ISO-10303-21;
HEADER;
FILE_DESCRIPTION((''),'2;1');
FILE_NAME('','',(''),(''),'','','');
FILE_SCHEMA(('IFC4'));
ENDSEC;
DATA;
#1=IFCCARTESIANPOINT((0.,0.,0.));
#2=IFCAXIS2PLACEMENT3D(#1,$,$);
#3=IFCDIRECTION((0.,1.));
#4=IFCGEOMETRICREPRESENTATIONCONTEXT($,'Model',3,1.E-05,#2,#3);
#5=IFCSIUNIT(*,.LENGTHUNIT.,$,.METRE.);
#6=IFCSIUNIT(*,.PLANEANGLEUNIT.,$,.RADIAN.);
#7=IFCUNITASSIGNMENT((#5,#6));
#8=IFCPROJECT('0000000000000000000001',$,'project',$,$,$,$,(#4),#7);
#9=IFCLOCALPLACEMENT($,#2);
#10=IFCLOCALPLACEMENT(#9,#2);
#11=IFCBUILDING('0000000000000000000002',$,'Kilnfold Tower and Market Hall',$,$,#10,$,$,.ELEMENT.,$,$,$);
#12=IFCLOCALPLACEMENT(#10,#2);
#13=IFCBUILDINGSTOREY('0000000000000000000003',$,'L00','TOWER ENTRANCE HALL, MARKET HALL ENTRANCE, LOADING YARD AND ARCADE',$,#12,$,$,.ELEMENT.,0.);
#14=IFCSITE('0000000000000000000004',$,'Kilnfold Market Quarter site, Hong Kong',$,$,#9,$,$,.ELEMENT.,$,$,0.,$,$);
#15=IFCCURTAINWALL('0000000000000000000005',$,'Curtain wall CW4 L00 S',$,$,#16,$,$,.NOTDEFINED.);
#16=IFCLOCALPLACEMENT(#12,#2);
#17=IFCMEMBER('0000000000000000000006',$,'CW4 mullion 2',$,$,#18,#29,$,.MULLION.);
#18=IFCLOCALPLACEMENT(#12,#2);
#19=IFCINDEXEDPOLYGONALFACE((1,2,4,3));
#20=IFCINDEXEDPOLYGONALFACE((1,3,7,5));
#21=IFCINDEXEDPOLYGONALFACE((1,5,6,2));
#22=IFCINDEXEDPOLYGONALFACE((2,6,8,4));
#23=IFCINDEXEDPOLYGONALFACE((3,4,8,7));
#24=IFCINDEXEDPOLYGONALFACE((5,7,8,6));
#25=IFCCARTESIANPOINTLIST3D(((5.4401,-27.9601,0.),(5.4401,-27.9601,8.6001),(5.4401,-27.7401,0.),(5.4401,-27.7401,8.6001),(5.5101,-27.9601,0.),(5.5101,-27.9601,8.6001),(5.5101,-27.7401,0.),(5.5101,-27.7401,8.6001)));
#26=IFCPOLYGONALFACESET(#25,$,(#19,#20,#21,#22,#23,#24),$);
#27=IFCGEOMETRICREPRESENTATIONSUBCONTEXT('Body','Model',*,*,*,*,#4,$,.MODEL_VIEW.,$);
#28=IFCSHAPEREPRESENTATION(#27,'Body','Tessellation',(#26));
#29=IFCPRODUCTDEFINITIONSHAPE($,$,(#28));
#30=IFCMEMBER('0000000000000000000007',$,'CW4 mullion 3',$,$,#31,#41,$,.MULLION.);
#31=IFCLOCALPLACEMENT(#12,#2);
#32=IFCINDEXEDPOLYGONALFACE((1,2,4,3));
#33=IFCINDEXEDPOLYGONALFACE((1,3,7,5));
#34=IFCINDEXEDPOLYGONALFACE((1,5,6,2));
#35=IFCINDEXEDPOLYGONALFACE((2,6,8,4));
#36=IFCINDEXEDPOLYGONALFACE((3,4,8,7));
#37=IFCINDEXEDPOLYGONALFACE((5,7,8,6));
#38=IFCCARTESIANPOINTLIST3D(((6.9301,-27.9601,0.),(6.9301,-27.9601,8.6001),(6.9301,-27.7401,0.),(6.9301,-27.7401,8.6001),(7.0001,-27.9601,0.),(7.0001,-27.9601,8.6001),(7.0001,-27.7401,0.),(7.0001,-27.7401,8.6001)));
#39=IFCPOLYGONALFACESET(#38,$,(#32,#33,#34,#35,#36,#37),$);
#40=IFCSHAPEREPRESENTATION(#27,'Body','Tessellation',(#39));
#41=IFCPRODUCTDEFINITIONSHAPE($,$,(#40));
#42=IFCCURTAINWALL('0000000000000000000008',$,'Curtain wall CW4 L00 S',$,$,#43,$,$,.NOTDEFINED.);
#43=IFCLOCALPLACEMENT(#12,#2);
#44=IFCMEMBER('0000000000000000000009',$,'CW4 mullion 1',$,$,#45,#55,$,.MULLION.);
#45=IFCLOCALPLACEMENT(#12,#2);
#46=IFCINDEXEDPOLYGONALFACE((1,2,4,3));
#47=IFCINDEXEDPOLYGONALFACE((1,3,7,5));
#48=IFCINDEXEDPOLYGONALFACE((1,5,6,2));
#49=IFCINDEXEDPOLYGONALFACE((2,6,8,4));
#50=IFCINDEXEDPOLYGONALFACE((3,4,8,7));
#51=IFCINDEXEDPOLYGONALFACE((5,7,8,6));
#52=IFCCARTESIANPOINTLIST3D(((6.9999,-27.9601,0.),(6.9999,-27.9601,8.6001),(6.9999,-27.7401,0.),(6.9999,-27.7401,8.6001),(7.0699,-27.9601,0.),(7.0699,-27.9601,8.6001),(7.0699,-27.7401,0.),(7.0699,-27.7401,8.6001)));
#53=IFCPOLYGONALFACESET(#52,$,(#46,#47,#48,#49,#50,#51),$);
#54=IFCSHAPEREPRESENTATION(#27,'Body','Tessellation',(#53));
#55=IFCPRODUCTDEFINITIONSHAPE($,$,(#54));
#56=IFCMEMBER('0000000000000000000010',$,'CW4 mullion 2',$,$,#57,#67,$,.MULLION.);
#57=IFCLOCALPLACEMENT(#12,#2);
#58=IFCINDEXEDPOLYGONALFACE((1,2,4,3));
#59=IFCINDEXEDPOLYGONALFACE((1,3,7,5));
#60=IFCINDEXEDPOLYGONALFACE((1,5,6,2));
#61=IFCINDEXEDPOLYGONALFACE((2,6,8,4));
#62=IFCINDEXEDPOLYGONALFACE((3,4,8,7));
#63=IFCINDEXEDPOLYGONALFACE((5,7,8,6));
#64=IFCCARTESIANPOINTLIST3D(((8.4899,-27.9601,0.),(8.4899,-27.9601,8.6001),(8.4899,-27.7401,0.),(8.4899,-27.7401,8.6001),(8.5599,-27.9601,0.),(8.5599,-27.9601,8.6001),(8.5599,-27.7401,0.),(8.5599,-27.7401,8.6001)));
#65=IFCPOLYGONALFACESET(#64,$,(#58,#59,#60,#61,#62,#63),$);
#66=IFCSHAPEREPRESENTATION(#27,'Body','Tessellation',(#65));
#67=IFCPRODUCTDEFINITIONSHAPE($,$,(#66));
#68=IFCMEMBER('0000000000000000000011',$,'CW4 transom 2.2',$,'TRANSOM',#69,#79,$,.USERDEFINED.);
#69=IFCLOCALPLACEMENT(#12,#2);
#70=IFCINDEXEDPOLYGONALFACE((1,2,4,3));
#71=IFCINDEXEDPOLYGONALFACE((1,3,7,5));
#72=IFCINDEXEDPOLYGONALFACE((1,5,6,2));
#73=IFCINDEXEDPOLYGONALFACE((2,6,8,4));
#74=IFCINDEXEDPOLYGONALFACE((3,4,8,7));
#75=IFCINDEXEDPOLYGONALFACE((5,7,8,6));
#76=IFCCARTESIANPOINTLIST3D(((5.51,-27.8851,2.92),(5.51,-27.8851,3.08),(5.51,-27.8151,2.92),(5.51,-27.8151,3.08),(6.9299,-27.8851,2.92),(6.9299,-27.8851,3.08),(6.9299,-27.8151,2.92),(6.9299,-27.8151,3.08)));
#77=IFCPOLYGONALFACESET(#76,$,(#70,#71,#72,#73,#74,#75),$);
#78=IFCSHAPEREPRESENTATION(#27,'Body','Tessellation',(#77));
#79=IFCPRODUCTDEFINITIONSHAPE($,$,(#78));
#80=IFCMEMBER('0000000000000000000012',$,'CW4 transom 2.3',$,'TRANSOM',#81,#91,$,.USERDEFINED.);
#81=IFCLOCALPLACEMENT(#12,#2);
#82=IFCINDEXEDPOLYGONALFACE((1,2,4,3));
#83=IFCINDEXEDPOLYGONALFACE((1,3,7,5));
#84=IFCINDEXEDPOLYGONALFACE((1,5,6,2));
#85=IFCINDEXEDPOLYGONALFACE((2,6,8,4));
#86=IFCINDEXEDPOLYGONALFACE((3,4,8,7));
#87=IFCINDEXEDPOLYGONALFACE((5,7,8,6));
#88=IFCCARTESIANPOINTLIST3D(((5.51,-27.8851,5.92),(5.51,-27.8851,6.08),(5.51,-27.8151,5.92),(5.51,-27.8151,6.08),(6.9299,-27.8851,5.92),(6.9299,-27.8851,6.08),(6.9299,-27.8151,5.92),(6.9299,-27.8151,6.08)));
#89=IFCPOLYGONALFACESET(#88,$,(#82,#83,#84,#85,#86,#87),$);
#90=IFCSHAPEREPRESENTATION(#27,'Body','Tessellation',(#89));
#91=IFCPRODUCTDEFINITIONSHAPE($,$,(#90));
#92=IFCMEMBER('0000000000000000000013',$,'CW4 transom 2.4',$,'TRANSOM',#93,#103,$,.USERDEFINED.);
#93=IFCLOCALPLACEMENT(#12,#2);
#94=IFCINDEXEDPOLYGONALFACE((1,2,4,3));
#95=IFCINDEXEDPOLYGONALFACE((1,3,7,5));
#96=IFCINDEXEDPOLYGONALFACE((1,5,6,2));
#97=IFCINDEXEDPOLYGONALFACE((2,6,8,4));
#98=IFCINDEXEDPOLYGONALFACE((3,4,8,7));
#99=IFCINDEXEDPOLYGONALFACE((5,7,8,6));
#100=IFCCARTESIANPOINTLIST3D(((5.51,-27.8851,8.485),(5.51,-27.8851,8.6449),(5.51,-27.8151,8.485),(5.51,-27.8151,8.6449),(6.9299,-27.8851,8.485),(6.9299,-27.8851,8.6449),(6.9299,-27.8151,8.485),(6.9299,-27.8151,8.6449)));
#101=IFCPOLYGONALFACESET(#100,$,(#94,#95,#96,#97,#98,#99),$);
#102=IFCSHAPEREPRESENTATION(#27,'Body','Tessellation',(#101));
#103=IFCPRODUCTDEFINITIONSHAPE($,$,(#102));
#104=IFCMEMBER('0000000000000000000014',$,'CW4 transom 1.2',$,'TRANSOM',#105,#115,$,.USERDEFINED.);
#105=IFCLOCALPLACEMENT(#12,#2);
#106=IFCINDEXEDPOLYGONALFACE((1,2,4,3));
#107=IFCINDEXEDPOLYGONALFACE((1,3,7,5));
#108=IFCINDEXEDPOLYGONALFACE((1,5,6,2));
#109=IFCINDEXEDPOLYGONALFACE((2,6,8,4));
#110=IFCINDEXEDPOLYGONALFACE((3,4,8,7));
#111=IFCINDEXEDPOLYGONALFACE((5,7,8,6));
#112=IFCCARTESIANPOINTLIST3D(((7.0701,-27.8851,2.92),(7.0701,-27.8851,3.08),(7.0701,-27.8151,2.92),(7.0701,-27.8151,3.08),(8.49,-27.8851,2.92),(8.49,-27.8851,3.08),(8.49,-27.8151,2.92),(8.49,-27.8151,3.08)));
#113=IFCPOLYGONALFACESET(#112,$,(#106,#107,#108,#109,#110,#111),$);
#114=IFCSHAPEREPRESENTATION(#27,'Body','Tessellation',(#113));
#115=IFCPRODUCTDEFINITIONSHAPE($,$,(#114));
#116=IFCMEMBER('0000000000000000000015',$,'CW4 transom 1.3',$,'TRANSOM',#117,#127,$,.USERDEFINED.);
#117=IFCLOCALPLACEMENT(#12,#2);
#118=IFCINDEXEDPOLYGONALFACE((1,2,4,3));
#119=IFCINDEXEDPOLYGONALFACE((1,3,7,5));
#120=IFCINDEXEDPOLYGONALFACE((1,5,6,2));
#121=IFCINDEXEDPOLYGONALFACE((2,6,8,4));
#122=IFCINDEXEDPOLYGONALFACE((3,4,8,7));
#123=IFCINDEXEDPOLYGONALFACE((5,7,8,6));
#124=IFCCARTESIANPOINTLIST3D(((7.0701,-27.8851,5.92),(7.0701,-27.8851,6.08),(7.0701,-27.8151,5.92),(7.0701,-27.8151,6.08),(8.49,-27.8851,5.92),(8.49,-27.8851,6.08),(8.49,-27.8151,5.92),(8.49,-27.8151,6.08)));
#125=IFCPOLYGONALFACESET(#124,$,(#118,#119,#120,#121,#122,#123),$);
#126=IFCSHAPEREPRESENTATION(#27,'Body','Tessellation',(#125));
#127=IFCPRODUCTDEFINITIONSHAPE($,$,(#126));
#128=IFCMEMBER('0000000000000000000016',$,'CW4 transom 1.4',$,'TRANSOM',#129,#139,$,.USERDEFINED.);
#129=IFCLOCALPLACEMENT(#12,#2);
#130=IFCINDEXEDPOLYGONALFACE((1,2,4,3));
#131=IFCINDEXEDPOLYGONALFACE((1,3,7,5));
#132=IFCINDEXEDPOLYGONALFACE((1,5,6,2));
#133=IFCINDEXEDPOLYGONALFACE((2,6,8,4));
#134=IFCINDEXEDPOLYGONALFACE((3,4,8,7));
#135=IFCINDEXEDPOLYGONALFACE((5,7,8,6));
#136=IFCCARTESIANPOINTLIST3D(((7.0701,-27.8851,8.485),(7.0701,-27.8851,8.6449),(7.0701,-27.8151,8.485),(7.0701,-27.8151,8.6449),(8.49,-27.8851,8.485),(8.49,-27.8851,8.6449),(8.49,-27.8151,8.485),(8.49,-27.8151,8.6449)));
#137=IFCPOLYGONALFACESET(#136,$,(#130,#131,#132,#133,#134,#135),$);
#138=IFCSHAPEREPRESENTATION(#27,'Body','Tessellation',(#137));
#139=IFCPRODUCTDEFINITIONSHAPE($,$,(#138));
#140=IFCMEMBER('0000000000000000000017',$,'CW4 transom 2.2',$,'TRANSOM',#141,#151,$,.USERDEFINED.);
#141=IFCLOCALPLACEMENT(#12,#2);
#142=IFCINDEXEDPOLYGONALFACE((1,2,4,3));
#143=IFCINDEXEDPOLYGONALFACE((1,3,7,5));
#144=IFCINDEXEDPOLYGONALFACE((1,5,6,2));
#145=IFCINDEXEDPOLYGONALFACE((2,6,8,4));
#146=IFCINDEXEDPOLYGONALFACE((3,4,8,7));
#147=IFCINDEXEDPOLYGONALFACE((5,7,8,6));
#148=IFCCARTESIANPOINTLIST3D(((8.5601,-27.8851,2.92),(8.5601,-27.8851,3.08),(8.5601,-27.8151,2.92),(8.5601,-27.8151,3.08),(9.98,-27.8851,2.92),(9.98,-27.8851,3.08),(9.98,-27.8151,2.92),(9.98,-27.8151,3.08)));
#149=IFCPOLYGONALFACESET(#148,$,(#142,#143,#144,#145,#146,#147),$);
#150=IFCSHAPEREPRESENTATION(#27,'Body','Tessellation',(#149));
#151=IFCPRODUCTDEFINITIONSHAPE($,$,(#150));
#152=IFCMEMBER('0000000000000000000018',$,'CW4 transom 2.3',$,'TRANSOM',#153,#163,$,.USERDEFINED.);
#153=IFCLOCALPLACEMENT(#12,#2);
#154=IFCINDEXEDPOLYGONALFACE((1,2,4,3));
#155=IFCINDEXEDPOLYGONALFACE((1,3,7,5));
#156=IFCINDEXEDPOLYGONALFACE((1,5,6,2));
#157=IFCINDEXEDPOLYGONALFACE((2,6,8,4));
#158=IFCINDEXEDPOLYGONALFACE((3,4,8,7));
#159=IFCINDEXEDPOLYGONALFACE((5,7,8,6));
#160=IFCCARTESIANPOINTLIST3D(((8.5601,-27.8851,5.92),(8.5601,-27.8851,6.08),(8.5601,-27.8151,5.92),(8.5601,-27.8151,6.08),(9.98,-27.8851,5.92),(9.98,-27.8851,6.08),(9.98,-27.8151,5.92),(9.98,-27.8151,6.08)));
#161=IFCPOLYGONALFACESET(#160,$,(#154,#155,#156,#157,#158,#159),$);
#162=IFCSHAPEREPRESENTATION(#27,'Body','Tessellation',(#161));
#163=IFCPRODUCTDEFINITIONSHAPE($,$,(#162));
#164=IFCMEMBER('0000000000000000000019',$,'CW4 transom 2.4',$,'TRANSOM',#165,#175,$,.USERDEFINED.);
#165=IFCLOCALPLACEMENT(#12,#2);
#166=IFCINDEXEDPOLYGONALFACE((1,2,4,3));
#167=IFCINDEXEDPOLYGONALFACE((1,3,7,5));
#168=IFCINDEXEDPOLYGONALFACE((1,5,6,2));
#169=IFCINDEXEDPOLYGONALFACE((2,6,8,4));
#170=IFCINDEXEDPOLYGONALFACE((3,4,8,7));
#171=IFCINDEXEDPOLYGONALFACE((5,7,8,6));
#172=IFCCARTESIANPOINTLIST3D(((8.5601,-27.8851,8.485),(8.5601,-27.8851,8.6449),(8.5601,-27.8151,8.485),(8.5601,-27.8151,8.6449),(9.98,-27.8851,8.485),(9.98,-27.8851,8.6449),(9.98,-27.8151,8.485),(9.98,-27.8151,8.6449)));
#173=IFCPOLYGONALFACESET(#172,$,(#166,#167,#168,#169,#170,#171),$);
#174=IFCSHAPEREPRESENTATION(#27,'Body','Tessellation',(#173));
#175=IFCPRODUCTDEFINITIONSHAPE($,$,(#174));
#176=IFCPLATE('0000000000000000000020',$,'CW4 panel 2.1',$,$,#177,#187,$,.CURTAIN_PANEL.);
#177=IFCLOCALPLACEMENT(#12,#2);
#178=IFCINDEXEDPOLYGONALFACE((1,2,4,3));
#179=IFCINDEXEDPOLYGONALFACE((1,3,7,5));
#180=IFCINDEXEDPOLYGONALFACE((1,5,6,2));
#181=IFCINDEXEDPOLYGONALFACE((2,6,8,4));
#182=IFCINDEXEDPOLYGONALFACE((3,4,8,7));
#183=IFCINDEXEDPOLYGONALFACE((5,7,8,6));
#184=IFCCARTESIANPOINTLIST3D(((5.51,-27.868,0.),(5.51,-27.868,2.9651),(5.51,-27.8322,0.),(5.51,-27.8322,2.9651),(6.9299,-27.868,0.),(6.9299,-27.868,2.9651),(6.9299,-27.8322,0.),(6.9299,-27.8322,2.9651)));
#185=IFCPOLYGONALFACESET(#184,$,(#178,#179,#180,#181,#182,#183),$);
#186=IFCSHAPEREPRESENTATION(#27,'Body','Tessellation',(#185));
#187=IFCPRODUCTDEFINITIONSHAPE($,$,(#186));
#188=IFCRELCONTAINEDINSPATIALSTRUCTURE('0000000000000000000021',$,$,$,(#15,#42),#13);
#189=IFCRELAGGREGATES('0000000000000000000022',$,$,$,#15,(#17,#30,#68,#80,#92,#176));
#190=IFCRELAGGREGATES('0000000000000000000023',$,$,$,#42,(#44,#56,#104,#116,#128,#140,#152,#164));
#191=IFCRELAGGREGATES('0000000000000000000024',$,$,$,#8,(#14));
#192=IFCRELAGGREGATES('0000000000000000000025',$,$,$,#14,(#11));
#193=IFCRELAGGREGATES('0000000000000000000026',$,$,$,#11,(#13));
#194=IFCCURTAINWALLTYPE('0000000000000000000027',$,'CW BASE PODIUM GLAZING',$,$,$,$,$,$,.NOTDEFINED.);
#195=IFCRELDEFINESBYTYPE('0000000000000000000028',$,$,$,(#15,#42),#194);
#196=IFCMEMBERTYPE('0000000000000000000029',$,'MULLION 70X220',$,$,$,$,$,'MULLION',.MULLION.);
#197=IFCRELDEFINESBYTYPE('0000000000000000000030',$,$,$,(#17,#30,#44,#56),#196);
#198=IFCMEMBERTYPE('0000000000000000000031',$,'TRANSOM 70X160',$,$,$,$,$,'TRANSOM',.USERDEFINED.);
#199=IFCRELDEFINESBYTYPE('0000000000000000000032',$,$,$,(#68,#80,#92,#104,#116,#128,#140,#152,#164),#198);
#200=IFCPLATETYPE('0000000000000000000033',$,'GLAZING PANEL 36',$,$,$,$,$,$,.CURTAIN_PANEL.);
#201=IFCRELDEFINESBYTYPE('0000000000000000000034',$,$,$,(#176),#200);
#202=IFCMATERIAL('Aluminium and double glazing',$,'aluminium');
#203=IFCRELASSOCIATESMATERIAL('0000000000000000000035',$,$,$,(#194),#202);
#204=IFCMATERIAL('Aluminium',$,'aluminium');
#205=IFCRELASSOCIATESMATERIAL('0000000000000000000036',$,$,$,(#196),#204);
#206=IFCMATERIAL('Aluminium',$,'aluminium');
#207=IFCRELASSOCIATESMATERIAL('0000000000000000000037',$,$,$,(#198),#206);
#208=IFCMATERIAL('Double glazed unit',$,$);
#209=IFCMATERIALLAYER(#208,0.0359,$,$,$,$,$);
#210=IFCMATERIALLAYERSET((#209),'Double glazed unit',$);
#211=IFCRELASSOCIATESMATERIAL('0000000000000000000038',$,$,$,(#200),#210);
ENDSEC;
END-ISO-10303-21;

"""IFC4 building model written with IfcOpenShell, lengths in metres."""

from ifc_helpers import new_model, si_unit, direction, frame, origin, origin_2d, place, context, subcontext, project, spatial, rectangle, extrude, source, transform, mapped, material, layer, layer_set, material_profile, profile_set, type_object, element, aggregate, save


model = new_model("IFC4")

# Units and contexts
model_context = context("Model", 3, precision=1e-05, world=origin(), true_north=direction((0.0, 1.0)))
body_context = subcontext(model_context, "Body", "Model", "MODEL_VIEW")
ifc_project = project(units=[si_unit("LENGTHUNIT", "METRE"), si_unit("PLANEANGLEUNIT", "RADIAN")], contexts=[model_context])

# Site, building, storey
site_placement = place(None, origin())
site = spatial("IfcSite", under=ifc_project, at=site_placement, Name="Kilnfold Market Quarter site, Hong Kong", CompositionType="ELEMENT", RefElevation=0.0)
building_placement = place(site_placement, origin())
building = spatial("IfcBuilding", under=site, at=building_placement, Name="Kilnfold Tower and Market Hall", CompositionType="ELEMENT")
storey_placement = place(building_placement, origin())
storey = spatial("IfcBuildingStorey", under=building, at=storey_placement, Name="L00", Description="TOWER ENTRANCE HALL, MARKET HALL ENTRANCE, LOADING YARD AND ARCADE", CompositionType="ELEMENT", Elevation=0.0)

# Curtain walls, members
ifc_material_1 = material(Name="Aluminium and double glazing", Category="aluminium")
curtain_wall_type = type_object("IfcCurtainWallType", Name="CW BASE PODIUM GLAZING", PredefinedType="NOTDEFINED", material=ifc_material_1)
curtain_wall_1_placement = place(storey_placement, origin())
curtain_wall_1 = element("IfcCurtainWall", 1, at=curtain_wall_1_placement, inside=storey, type_object=curtain_wall_type, Name="Curtain wall CW4 L00 S", PredefinedType="NOTDEFINED")
ifc_material_2 = material(Name="Aluminium", Category="aluminium")
ifc_material_profile_1 = material_profile(ifc_material_2, rectangle(XDim=0.0701, YDim=0.22, at=origin_2d()), Name="MULLION 70x220")
ifc_profile_set_1 = profile_set([ifc_material_profile_1], Name="Aluminium")
member_type_1 = type_object("IfcMemberType", Name="MULLION 70X220", ElementType="MULLION", PredefinedType="MULLION", material=ifc_profile_set_1)
shared_shape_1 = source(origin(), body_context, "Body", "SweptSolid", [
    extrude(rectangle(XDim=0.0701, YDim=0.22, at=origin_2d()), origin(), (0.0, 0.0, 1.0), 8.6001),
])
member_1_placement = place(storey_placement, frame((5.4751, -27.8501, 0.0), z_axis=(0.0, 0.0, 1.0), x_axis=(1.0, 0.0, 0.0)))
member_1 = element("IfcMember", 2, at=member_1_placement, type_object=member_type_1, Name="CW4 mullion 2", PredefinedType="MULLION", context=body_context, shape_type="MappedRepresentation", body=[
    mapped(shared_shape_1, transform((0.0, 0.0, 0.0))),
])
member_2_placement = place(storey_placement, frame((6.9651, -27.8501, 0.0), z_axis=(0.0, 0.0, 1.0), x_axis=(1.0, 0.0, 0.0)))
member_2 = element("IfcMember", 3, at=member_2_placement, type_object=member_type_1, Name="CW4 mullion 3", PredefinedType="MULLION", context=body_context, shape_type="MappedRepresentation", body=[
    mapped(shared_shape_1, transform((0.0, 0.0, 0.0))),
])
curtain_wall_2_placement = place(storey_placement, origin())
curtain_wall_2 = element("IfcCurtainWall", 4, at=curtain_wall_2_placement, inside=storey, type_object=curtain_wall_type, Name="Curtain wall CW4 L00 S", PredefinedType="NOTDEFINED")
member_3_placement = place(storey_placement, frame((7.0349, -27.8501, 0.0), z_axis=(0.0, 0.0, 1.0), x_axis=(1.0, 0.0, 0.0)))
member_3 = element("IfcMember", 5, at=member_3_placement, type_object=member_type_1, Name="CW4 mullion 1", PredefinedType="MULLION", context=body_context, shape_type="MappedRepresentation", body=[
    mapped(shared_shape_1, transform((0.0, 0.0, 0.0))),
])
member_4_placement = place(storey_placement, frame((8.5249, -27.8501, 0.0), z_axis=(0.0, 0.0, 1.0), x_axis=(1.0, 0.0, 0.0)))
member_4 = element("IfcMember", 6, at=member_4_placement, type_object=member_type_1, Name="CW4 mullion 2", PredefinedType="MULLION", context=body_context, shape_type="MappedRepresentation", body=[
    mapped(shared_shape_1, transform((0.0, 0.0, 0.0))),
])

# Members
ifc_material_3 = material(Name="Aluminium", Category="aluminium")
ifc_material_profile_2 = material_profile(ifc_material_3, rectangle(XDim=0.0701, YDim=0.1599, at=origin_2d()), Name="TRANSOM 70x160")
ifc_profile_set_2 = profile_set([ifc_material_profile_2], Name="Aluminium")
member_type_2 = type_object("IfcMemberType", Name="TRANSOM 70X160", ElementType="TRANSOM", PredefinedType="USERDEFINED", material=ifc_profile_set_2)
shared_shape_2 = source(origin(), body_context, "Body", "SweptSolid", [
    extrude(rectangle(XDim=0.0701, YDim=0.1599, at=origin_2d()), origin(), (0.0, 0.0, 1.0), 1.4199),
])
member_5_placement = place(storey_placement, frame((5.51, -27.8501, 3.0), z_axis=(1.0, 0.0, 0.0), x_axis=(0.0, 1.0, 0.0)))
member_5 = element("IfcMember", 7, at=member_5_placement, type_object=member_type_2, Name="CW4 transom 2.2", ObjectType="TRANSOM", PredefinedType="USERDEFINED", context=body_context, shape_type="MappedRepresentation", body=[
    mapped(shared_shape_2, transform((0.0, 0.0, 0.0))),
])
member_6_placement = place(storey_placement, frame((5.51, -27.8501, 6.0), z_axis=(1.0, 0.0, 0.0), x_axis=(0.0, 1.0, 0.0)))
member_6 = element("IfcMember", 8, at=member_6_placement, type_object=member_type_2, Name="CW4 transom 2.3", ObjectType="TRANSOM", PredefinedType="USERDEFINED", context=body_context, shape_type="MappedRepresentation", body=[
    mapped(shared_shape_2, transform((0.0, 0.0, 0.0))),
])
member_7_placement = place(storey_placement, frame((5.51, -27.8501, 8.5649), z_axis=(1.0, 0.0, 0.0), x_axis=(0.0, 1.0, 0.0)))
member_7 = element("IfcMember", 9, at=member_7_placement, type_object=member_type_2, Name="CW4 transom 2.4", ObjectType="TRANSOM", PredefinedType="USERDEFINED", context=body_context, shape_type="MappedRepresentation", body=[
    mapped(shared_shape_2, transform((0.0, 0.0, 0.0))),
])
member_8_placement = place(storey_placement, frame((7.0701, -27.8501, 3.0), z_axis=(1.0, 0.0, 0.0), x_axis=(0.0, 1.0, 0.0)))
member_8 = element("IfcMember", 10, at=member_8_placement, type_object=member_type_2, Name="CW4 transom 1.2", ObjectType="TRANSOM", PredefinedType="USERDEFINED", context=body_context, shape_type="MappedRepresentation", body=[
    mapped(shared_shape_2, transform((0.0, 0.0, 0.0))),
])
member_9_placement = place(storey_placement, frame((7.0701, -27.8501, 6.0), z_axis=(1.0, 0.0, 0.0), x_axis=(0.0, 1.0, 0.0)))
member_9 = element("IfcMember", 11, at=member_9_placement, type_object=member_type_2, Name="CW4 transom 1.3", ObjectType="TRANSOM", PredefinedType="USERDEFINED", context=body_context, shape_type="MappedRepresentation", body=[
    mapped(shared_shape_2, transform((0.0, 0.0, 0.0))),
])
member_10_placement = place(storey_placement, frame((7.0701, -27.8501, 8.5649), z_axis=(1.0, 0.0, 0.0), x_axis=(0.0, 1.0, 0.0)))
member_10 = element("IfcMember", 12, at=member_10_placement, type_object=member_type_2, Name="CW4 transom 1.4", ObjectType="TRANSOM", PredefinedType="USERDEFINED", context=body_context, shape_type="MappedRepresentation", body=[
    mapped(shared_shape_2, transform((0.0, 0.0, 0.0))),
])
member_11_placement = place(storey_placement, frame((8.5601, -27.8501, 3.0), z_axis=(1.0, 0.0, 0.0), x_axis=(0.0, 1.0, 0.0)))
member_11 = element("IfcMember", 13, at=member_11_placement, type_object=member_type_2, Name="CW4 transom 2.2", ObjectType="TRANSOM", PredefinedType="USERDEFINED", context=body_context, shape_type="MappedRepresentation", body=[
    mapped(shared_shape_2, transform((0.0, 0.0, 0.0))),
])
member_12_placement = place(storey_placement, frame((8.5601, -27.8501, 6.0), z_axis=(1.0, 0.0, 0.0), x_axis=(0.0, 1.0, 0.0)))
member_12 = element("IfcMember", 14, at=member_12_placement, type_object=member_type_2, Name="CW4 transom 2.3", ObjectType="TRANSOM", PredefinedType="USERDEFINED", context=body_context, shape_type="MappedRepresentation", body=[
    mapped(shared_shape_2, transform((0.0, 0.0, 0.0))),
])
member_13_placement = place(storey_placement, frame((8.5601, -27.8501, 8.5649), z_axis=(1.0, 0.0, 0.0), x_axis=(0.0, 1.0, 0.0)))
member_13 = element("IfcMember", 15, at=member_13_placement, type_object=member_type_2, Name="CW4 transom 2.4", ObjectType="TRANSOM", PredefinedType="USERDEFINED", context=body_context, shape_type="MappedRepresentation", body=[
    mapped(shared_shape_2, transform((0.0, 0.0, 0.0))),
])

# Plate
ifc_material_4 = material(Name="Double glazed unit")
ifc_layer = layer(ifc_material_4, 0.0359)
ifc_layer_set = layer_set([ifc_layer], Name="Double glazed unit")
plate_type = type_object("IfcPlateType", Name="GLAZING PANEL 36", PredefinedType="CURTAIN_PANEL", material=ifc_layer_set)
shared_shape_3 = source(origin(), body_context, "Body", "SweptSolid", [
    extrude(rectangle(XDim=1.4199, YDim=0.0359, at=origin_2d()), origin(), (0.0, 0.0, 1.0), 2.9651),
])
plate_1_placement = place(storey_placement, frame((6.22, -27.8501, 0.0), z_axis=(0.0, 0.0, 1.0), x_axis=(1.0, 0.0, 0.0)))
plate_1 = element("IfcPlate", 16, at=plate_1_placement, type_object=plate_type, Name="CW4 panel 2.1", PredefinedType="CURTAIN_PANEL", context=body_context, shape_type="MappedRepresentation", body=[
    mapped(shared_shape_3, transform((0.0, 0.0, 0.0))),
])
aggregate(curtain_wall_1, [member_1, member_2, member_5, member_6, member_7, plate_1])
aggregate(curtain_wall_2, [member_3, member_4, member_8, member_9, member_10, member_11, member_12, member_13])

save(model, "model.ifc")
